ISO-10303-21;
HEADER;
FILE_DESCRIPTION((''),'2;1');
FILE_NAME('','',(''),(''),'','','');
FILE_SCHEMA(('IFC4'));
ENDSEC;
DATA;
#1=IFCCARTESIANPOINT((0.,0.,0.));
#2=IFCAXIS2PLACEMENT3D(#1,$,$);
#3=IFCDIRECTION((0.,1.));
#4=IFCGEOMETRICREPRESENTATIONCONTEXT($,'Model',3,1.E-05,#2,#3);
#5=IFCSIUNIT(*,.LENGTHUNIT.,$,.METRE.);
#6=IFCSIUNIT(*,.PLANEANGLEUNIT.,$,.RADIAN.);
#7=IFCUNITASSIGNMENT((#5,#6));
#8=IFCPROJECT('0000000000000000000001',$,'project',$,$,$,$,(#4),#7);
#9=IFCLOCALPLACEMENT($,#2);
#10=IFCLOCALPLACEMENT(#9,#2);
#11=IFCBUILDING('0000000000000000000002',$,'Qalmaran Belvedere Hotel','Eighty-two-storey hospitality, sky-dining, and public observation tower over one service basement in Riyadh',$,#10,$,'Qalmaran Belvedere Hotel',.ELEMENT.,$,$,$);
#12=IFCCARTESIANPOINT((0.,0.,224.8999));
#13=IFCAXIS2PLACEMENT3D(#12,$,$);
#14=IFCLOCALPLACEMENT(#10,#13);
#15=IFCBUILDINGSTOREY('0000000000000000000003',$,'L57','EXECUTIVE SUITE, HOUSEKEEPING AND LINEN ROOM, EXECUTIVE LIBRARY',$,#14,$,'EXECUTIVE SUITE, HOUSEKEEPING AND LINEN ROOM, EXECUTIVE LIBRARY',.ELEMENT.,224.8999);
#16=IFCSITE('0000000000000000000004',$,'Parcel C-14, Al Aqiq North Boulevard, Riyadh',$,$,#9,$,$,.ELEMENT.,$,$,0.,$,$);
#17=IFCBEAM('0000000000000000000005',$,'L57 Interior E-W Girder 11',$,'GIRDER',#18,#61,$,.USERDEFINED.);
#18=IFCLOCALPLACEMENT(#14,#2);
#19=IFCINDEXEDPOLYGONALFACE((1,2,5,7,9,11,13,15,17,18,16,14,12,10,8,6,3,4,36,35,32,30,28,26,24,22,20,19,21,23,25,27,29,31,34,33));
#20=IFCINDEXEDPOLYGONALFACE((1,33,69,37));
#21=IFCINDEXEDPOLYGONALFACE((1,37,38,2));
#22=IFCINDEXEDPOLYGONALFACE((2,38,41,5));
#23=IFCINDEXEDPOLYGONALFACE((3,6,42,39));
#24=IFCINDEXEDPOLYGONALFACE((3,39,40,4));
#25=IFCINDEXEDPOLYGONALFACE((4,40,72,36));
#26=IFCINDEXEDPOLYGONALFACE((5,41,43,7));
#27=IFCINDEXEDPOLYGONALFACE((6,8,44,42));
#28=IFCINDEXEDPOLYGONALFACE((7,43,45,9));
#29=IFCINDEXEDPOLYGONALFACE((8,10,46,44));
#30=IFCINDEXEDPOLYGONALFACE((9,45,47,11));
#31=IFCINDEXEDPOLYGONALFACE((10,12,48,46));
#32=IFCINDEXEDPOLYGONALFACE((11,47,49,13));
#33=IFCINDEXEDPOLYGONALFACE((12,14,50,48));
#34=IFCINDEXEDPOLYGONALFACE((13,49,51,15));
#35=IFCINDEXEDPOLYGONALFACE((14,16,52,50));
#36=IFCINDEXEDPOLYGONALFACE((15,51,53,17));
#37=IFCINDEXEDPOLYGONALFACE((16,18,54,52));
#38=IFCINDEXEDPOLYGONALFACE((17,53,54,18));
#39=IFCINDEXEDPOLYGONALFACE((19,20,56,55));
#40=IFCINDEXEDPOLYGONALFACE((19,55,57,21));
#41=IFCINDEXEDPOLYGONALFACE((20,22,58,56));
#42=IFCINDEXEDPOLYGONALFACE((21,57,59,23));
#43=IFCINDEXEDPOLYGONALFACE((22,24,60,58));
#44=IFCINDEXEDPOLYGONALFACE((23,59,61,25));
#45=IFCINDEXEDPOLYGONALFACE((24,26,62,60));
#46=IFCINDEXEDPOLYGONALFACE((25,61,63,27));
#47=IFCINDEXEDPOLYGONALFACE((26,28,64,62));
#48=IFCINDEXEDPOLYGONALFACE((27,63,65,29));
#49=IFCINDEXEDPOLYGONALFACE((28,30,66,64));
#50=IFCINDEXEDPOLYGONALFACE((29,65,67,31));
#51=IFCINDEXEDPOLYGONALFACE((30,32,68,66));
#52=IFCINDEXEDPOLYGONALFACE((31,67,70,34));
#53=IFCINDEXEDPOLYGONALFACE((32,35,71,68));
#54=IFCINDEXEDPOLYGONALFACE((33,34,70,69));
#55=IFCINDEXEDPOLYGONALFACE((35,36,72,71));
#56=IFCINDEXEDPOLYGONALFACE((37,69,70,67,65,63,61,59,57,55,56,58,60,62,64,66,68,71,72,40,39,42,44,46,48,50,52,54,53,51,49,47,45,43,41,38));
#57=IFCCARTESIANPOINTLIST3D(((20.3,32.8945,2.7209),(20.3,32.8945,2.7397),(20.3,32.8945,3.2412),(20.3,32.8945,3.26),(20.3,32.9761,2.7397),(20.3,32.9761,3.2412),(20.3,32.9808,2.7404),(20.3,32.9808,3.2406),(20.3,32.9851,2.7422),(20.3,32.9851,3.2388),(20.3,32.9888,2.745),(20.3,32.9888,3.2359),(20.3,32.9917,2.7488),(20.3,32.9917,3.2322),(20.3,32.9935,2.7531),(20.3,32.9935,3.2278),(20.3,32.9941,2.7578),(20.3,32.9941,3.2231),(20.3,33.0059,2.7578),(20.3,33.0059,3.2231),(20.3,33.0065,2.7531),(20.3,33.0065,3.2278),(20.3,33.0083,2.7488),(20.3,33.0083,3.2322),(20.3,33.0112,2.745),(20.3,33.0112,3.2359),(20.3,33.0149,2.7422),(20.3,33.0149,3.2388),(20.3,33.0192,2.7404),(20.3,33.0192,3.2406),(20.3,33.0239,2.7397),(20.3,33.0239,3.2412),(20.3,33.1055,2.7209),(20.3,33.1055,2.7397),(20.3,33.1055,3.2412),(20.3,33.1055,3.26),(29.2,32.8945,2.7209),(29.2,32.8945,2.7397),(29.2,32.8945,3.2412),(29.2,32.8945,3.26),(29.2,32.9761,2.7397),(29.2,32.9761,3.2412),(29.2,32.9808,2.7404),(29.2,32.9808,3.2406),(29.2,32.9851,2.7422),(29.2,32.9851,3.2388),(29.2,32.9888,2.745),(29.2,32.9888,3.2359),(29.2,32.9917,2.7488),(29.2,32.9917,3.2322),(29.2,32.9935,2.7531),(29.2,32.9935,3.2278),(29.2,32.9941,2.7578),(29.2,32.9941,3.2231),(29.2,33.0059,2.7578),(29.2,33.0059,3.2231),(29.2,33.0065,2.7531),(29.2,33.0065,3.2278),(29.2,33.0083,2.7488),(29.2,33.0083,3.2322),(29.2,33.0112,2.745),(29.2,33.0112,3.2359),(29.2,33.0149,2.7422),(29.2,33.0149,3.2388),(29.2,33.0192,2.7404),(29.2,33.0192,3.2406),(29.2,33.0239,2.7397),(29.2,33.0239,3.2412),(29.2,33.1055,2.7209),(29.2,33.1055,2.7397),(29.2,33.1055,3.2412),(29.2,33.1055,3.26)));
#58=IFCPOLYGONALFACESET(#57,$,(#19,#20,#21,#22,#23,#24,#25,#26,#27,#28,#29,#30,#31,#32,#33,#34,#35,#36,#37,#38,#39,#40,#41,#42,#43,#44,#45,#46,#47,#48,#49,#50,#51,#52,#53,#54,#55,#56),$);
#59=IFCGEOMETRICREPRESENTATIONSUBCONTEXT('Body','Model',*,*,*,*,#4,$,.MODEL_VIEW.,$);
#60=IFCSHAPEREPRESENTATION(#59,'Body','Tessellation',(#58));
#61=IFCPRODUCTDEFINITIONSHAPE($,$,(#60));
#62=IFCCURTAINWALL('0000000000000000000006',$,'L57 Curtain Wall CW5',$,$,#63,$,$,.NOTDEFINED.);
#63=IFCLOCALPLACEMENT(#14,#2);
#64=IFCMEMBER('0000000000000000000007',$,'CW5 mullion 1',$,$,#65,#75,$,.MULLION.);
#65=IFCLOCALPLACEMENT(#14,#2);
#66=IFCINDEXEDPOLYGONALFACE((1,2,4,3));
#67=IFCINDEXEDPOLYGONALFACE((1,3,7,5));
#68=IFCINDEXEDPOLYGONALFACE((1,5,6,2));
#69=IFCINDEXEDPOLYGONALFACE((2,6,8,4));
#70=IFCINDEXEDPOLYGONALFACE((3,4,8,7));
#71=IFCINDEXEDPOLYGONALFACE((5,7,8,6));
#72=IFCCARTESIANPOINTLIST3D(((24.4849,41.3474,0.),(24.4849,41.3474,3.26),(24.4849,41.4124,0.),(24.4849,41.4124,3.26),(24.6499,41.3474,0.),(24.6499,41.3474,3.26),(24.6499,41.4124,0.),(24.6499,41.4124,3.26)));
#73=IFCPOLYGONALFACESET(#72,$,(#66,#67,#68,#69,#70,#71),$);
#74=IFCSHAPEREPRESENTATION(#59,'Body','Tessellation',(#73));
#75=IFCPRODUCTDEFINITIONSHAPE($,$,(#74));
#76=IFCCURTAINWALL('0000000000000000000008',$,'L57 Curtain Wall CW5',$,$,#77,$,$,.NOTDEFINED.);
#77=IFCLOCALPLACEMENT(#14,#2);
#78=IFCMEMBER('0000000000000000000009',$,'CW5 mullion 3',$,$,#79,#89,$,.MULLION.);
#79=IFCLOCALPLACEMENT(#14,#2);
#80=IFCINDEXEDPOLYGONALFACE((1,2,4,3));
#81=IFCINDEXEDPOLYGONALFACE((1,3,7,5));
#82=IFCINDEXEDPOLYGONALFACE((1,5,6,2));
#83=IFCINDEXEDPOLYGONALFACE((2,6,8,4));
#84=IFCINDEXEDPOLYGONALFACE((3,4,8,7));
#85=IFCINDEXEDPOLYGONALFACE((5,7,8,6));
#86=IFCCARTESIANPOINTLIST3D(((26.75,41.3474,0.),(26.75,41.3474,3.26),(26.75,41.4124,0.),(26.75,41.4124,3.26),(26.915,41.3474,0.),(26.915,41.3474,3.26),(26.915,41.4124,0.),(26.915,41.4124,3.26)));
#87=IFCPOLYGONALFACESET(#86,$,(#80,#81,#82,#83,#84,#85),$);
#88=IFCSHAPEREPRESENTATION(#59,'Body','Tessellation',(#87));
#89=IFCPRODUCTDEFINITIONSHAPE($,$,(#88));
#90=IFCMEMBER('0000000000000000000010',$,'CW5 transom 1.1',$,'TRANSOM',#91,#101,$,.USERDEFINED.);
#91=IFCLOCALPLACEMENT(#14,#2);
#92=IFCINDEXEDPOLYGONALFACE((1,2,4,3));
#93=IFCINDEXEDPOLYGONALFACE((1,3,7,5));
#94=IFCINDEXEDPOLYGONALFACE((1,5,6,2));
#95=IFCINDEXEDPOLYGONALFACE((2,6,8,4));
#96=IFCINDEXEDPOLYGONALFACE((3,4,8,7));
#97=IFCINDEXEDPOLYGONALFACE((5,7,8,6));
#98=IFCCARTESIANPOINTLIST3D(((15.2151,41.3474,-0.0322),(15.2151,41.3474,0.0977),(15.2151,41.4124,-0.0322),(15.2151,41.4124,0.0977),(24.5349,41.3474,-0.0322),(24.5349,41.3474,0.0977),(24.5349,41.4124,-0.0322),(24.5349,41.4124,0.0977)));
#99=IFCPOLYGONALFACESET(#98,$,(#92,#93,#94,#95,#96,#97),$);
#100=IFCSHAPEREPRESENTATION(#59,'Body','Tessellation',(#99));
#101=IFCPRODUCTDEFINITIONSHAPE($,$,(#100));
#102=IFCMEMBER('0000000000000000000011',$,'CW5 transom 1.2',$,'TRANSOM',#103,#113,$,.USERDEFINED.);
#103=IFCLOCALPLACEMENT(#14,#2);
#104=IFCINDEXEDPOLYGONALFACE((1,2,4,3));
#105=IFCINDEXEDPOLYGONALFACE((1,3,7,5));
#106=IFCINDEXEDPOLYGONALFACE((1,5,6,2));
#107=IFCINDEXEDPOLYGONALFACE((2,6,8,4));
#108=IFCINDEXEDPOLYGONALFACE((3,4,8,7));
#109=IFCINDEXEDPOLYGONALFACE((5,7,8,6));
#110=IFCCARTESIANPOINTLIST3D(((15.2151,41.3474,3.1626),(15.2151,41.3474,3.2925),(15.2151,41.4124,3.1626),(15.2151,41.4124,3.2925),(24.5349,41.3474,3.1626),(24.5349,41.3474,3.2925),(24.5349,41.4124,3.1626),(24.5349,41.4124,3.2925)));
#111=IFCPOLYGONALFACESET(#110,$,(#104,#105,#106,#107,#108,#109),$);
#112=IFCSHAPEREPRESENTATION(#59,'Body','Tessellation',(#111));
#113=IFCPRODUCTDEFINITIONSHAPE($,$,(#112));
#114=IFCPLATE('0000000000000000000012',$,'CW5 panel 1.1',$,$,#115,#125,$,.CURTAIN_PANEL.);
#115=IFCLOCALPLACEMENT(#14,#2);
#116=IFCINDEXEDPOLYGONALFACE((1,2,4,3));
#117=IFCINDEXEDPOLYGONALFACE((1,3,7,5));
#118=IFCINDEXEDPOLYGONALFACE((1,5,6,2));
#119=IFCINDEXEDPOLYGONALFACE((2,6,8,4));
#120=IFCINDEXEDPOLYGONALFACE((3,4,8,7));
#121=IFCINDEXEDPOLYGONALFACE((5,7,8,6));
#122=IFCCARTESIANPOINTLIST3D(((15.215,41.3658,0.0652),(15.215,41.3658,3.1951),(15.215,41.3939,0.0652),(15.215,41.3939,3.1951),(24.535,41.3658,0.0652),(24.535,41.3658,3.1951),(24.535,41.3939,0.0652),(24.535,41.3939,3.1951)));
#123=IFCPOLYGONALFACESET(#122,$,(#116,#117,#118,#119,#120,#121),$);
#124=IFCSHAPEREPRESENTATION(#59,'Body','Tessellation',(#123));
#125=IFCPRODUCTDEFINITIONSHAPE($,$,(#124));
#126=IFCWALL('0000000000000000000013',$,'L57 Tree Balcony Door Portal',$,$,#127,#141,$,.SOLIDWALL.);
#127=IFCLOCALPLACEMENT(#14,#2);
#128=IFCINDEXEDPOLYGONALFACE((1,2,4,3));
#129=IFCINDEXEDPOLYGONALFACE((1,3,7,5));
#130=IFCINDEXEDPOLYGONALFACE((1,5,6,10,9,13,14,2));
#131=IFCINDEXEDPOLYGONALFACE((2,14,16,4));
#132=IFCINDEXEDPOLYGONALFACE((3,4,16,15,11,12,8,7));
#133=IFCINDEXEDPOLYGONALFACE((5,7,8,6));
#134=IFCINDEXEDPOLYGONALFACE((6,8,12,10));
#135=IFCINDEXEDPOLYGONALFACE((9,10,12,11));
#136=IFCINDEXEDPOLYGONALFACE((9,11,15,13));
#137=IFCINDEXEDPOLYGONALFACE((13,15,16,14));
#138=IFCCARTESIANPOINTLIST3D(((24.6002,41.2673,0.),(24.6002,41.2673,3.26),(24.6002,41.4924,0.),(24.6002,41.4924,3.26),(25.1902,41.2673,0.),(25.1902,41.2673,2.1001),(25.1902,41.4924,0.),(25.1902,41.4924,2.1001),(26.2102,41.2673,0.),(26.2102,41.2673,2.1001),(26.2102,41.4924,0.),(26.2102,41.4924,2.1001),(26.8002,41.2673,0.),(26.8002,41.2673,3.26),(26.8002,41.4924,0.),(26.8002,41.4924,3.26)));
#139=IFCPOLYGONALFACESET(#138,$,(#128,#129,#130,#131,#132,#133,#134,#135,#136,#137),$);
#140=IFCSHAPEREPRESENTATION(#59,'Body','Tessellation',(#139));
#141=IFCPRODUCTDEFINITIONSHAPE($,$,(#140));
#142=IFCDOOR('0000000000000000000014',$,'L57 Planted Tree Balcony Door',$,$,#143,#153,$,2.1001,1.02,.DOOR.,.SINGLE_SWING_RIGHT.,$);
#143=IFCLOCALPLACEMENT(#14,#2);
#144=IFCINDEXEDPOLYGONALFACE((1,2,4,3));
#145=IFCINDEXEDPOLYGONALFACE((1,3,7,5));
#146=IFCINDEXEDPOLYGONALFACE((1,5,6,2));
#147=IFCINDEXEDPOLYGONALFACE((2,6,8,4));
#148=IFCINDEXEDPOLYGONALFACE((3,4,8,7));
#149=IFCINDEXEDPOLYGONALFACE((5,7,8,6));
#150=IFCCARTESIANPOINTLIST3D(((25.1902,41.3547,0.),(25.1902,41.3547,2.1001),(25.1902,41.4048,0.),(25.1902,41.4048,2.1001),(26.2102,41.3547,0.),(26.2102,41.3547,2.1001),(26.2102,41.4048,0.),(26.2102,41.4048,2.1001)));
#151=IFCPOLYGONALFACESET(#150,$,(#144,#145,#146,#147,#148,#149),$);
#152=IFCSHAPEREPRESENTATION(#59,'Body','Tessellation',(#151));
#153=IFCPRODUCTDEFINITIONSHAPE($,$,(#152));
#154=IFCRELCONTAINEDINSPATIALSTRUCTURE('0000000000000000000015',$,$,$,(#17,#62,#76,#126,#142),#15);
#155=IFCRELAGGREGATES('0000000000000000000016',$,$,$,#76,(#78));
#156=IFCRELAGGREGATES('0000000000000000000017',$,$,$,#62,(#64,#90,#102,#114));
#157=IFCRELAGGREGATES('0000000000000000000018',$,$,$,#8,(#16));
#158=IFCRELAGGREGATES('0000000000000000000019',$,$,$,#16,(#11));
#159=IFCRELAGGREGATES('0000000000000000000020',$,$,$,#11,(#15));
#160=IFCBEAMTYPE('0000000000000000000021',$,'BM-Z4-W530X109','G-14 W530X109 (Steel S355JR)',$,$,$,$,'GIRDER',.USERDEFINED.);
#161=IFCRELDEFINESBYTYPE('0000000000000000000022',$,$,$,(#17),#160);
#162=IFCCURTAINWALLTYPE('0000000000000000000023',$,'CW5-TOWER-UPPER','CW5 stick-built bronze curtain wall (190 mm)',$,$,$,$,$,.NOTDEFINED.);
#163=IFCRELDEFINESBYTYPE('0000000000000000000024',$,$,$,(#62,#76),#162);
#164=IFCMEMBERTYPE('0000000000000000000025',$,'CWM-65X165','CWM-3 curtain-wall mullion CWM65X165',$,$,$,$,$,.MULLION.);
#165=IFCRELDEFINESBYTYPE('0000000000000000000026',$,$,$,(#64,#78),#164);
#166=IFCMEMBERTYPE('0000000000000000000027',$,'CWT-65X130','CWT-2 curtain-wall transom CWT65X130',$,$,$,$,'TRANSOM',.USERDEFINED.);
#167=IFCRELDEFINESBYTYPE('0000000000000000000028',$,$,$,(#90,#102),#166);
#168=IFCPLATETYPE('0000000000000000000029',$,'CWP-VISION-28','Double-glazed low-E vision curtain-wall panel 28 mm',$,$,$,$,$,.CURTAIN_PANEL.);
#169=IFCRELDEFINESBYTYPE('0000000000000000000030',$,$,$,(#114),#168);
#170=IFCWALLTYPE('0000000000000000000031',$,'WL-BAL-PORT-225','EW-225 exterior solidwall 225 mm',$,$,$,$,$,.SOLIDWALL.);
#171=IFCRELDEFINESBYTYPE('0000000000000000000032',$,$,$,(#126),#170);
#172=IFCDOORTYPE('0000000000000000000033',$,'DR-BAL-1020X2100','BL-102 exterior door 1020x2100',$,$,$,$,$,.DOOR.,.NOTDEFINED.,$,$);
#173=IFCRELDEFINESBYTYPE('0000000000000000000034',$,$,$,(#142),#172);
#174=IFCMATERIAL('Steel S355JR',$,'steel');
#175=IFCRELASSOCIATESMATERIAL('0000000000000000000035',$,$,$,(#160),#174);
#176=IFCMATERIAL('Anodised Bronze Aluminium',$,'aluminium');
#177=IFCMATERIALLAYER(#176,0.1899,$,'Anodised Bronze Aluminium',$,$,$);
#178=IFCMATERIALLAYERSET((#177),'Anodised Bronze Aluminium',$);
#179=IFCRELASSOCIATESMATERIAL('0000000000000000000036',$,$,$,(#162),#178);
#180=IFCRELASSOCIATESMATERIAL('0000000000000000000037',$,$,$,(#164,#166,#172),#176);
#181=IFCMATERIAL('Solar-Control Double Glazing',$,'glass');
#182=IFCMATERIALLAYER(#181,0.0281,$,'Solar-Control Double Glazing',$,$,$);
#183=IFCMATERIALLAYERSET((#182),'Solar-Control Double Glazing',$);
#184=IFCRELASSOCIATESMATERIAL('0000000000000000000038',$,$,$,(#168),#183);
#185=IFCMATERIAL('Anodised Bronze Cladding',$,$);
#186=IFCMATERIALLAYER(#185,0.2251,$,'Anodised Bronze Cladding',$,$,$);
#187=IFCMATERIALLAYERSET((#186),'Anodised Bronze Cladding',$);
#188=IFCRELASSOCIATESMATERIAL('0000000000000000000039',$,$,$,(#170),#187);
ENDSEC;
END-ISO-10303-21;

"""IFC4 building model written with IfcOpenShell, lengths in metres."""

from ifc_helpers import new_model, si_unit, direction, frame, frame_2d, origin, origin_2d, place, context, subcontext, project, spatial, rectangle, i_section, extrude, material, layer, layer_set, material_profile, profile_set, type_object, element, fill, aggregate, save


model = new_model("IFC4")

# Units and contexts
model_context = context("Model", 3, precision=1e-05, world=origin(), true_north=direction((0.0, 1.0)))
body_context = subcontext(model_context, "Body", "Model", "MODEL_VIEW")
ifc_project = project(units=[si_unit("LENGTHUNIT", "METRE"), si_unit("PLANEANGLEUNIT", "RADIAN")], contexts=[model_context])

# Site, building, storey
site_placement = place(None, origin())
site = spatial("IfcSite", under=ifc_project, at=site_placement, Name="Parcel C-14, Al Aqiq North Boulevard, Riyadh", CompositionType="ELEMENT", RefElevation=0.0)
building_placement = place(site_placement, origin())
building = spatial("IfcBuilding", under=site, at=building_placement, Name="Qalmaran Belvedere Hotel", Description="Eighty-two-storey hospitality, sky-dining, and public observation tower over one service basement in Riyadh", LongName="Qalmaran Belvedere Hotel", CompositionType="ELEMENT")
storey_placement = place(building_placement, frame((0.0, 0.0, 224.8999)))
storey = spatial("IfcBuildingStorey", under=building, at=storey_placement, Name="L57", Description="EXECUTIVE SUITE, HOUSEKEEPING AND LINEN ROOM, EXECUTIVE LIBRARY", LongName="EXECUTIVE SUITE, HOUSEKEEPING AND LINEN ROOM, EXECUTIVE LIBRARY", CompositionType="ELEMENT", Elevation=224.8999)

# Beam
ifc_material_1 = material(Name="Steel S355JR", Category="steel")
ifc_material_profile_1 = material_profile(ifc_material_1, i_section(OverallWidth=0.2109, OverallDepth=0.5391, WebThickness=0.0117, FlangeThickness=0.0188, FilletRadius=0.0181, at=origin_2d()), Name="W530X109")
ifc_profile_set_1 = profile_set([ifc_material_profile_1], Name="Steel S355JR")
beam_type_1 = type_object("IfcBeamType", Name="BM-Z4-W530X109", Description="G-14 W530X109 (Steel S355JR)", ElementType="GIRDER", PredefinedType="USERDEFINED", material=ifc_profile_set_1)
beam_1_placement = place(storey_placement, frame((20.3, 33.0, 2.9905), z_axis=(1.0, 0.0, 0.0), x_axis=(0.0, 1.0, 0.0)))
element("IfcBeam", 1, at=beam_1_placement, inside=storey, type_object=beam_type_1, Name="L57 Interior E-W Girder 11", ObjectType="GIRDER", PredefinedType="USERDEFINED", context=body_context, shape_type="SweptSolid", body=[
    extrude(i_section(OverallWidth=0.2109, OverallDepth=0.5391, WebThickness=0.0117, FlangeThickness=0.0188, FilletRadius=0.0181, at=origin_2d()), origin(), (0.0, 0.0, 1.0), 8.8999),
])

# Curtain walls, members
ifc_material_2 = material(Name="Anodised Bronze Aluminium", Category="aluminium")
ifc_layer_1 = layer(ifc_material_2, 0.1899, Name="Anodised Bronze Aluminium")
ifc_layer_set_1 = layer_set([ifc_layer_1], Name="Anodised Bronze Aluminium")
curtain_wall_type = type_object("IfcCurtainWallType", Name="CW5-TOWER-UPPER", Description="CW5 stick-built bronze curtain wall (190 mm)", PredefinedType="NOTDEFINED", material=ifc_layer_set_1)
curtain_wall_1_placement = place(storey_placement, origin())
curtain_wall_1 = element("IfcCurtainWall", 2, at=curtain_wall_1_placement, inside=storey, type_object=curtain_wall_type, Name="L57 Curtain Wall CW5", PredefinedType="NOTDEFINED")
ifc_material_profile_2 = material_profile(ifc_material_2, rectangle(XDim=0.0649, YDim=0.165, at=origin_2d()), Name="CWM65X165")
ifc_profile_set_2 = profile_set([ifc_material_profile_2], Name="Anodised Bronze Aluminium")
member_type_1 = type_object("IfcMemberType", Name="CWM-65X165", Description="CWM-3 curtain-wall mullion CWM65X165", PredefinedType="MULLION", material=ifc_profile_set_2)
member_1_placement = place(storey_placement, frame((24.5674, 41.3799, 0.0), z_axis=(0.0, 0.0, 1.0), x_axis=(0.0, -1.0, 0.0)))
member_1 = element("IfcMember", 3, at=member_1_placement, type_object=member_type_1, Name="CW5 mullion 1", PredefinedType="MULLION", context=body_context, shape_type="SweptSolid", body=[
    extrude(rectangle(XDim=0.0649, YDim=0.165, at=origin_2d()), origin(), (0.0, 0.0, 1.0), 3.26),
])
curtain_wall_2_placement = place(storey_placement, origin())
curtain_wall_2 = element("IfcCurtainWall", 4, at=curtain_wall_2_placement, inside=storey, type_object=curtain_wall_type, Name="L57 Curtain Wall CW5", PredefinedType="NOTDEFINED")
member_2_placement = place(storey_placement, frame((26.8325, 41.3799, 0.0), z_axis=(0.0, 0.0, 1.0), x_axis=(0.0, -1.0, 0.0)))
member_2 = element("IfcMember", 5, at=member_2_placement, type_object=member_type_1, Name="CW5 mullion 3", PredefinedType="MULLION", context=body_context, shape_type="SweptSolid", body=[
    extrude(rectangle(XDim=0.0649, YDim=0.165, at=origin_2d()), origin(), (0.0, 0.0, 1.0), 3.26),
])
aggregate(curtain_wall_2, [member_2])

# Members
ifc_material_profile_3 = material_profile(ifc_material_2, rectangle(XDim=0.0649, YDim=0.1299, at=origin_2d()), Name="CWT65X130")
ifc_profile_set_3 = profile_set([ifc_material_profile_3], Name="Anodised Bronze Aluminium")
member_type_2 = type_object("IfcMemberType", Name="CWT-65X130", Description="CWT-2 curtain-wall transom CWT65X130", ElementType="TRANSOM", PredefinedType="USERDEFINED", material=ifc_profile_set_3)
member_3_placement = place(storey_placement, frame((24.5349, 41.3799, 0.0327), z_axis=(-1.0, 0.0, 0.0), x_axis=(0.0, -1.0, 0.0)))
member_3 = element("IfcMember", 6, at=member_3_placement, type_object=member_type_2, Name="CW5 transom 1.1", ObjectType="TRANSOM", PredefinedType="USERDEFINED", context=body_context, shape_type="SweptSolid", body=[
    extrude(rectangle(XDim=0.0649, YDim=0.1299, at=origin_2d()), origin(), (0.0, 0.0, 1.0), 9.3198),
])
member_4_placement = place(storey_placement, frame((24.5349, 41.3799, 3.2275), z_axis=(-1.0, 0.0, 0.0), x_axis=(0.0, -1.0, 0.0)))
member_4 = element("IfcMember", 7, at=member_4_placement, type_object=member_type_2, Name="CW5 transom 1.2", ObjectType="TRANSOM", PredefinedType="USERDEFINED", context=body_context, shape_type="SweptSolid", body=[
    extrude(rectangle(XDim=0.0649, YDim=0.1299, at=origin_2d()), origin(), (0.0, 0.0, 1.0), 9.3198),
])

# Plate
ifc_material_3 = material(Name="Solar-Control Double Glazing", Category="glass")
ifc_layer_2 = layer(ifc_material_3, 0.0281, Name="Solar-Control Double Glazing")
ifc_layer_set_2 = layer_set([ifc_layer_2], Name="Solar-Control Double Glazing")
plate_type = type_object("IfcPlateType", Name="CWP-VISION-28", Description="Double-glazed low-E vision curtain-wall panel 28 mm", PredefinedType="CURTAIN_PANEL", material=ifc_layer_set_2)
plate_placement = place(storey_placement, frame((19.875, 41.3799, 0.0652), z_axis=(0.0, 0.0, 1.0), x_axis=(-1.0, 0.0, 0.0)))
plate = element("IfcPlate", 8, at=plate_placement, type_object=plate_type, Name="CW5 panel 1.1", PredefinedType="CURTAIN_PANEL", context=body_context, shape_type="SweptSolid", body=[
    extrude(rectangle(XDim=9.3201, YDim=0.0281, at=origin_2d()), origin(), (0.0, 0.0, 1.0), 3.1299),
])
aggregate(curtain_wall_1, [member_1, member_3, member_4, plate])

# Wall, opening, door
ifc_material_4 = material(Name="Anodised Bronze Cladding")
ifc_layer_3 = layer(ifc_material_4, 0.2251, Name="Anodised Bronze Cladding")
ifc_layer_set_3 = layer_set([ifc_layer_3], Name="Anodised Bronze Cladding")
wall_type_1 = type_object("IfcWallType", Name="WL-BAL-PORT-225", Description="EW-225 exterior solidwall 225 mm", PredefinedType="SOLIDWALL", material=ifc_layer_set_3)
wall_1_placement = place(storey_placement, frame((24.6001, 41.3799, 0.0), z_axis=(0.0, 0.0, 1.0), x_axis=(1.0, 0.0, 0.0)))
wall_1 = element("IfcWall", 9, at=wall_1_placement, inside=storey, type_object=wall_type_1, Name="L57 Tree Balcony Door Portal", PredefinedType="SOLIDWALL", context=body_context, shape_type="SweptSolid", body=[
    extrude(rectangle(XDim=2.2, YDim=0.2251, at=frame_2d((1.1001, 0.0))), origin(), (0.0, 0.0, 1.0), 3.26),
])
opening_1_placement = place(wall_1_placement, frame((0.5901, 0.0, 0.0)))
opening_1 = element("IfcOpeningElement", 10, at=opening_1_placement, cuts=wall_1, PredefinedType="OPENING", context=body_context, shape_type="SweptSolid", body=[
    extrude(rectangle(XDim=1.02, YDim=2.1001, at=frame_2d((0.51, 1.05))), frame((0.0, 0.1226, 0.0), z_axis=(0.0, -1.0, 0.0), x_axis=(1.0, 0.0, 0.0)), (0.0, 0.0, 1.0), 0.2451),
])
door_type_1 = type_object("IfcDoorType", Name="DR-BAL-1020X2100", Description="BL-102 exterior door 1020x2100", OperationType="NOTDEFINED", PredefinedType="DOOR", material=ifc_material_2)
door_1_placement = place(opening_1_placement, origin())
door_1 = element("IfcDoor", 11, at=door_1_placement, inside=storey, type_object=door_type_1, Name="L57 Planted Tree Balcony Door", OperationType="SINGLE_SWING_RIGHT", OverallHeight=2.1001, OverallWidth=1.02, PredefinedType="DOOR", context=body_context, shape_type="SweptSolid", body=[
    extrude(rectangle(XDim=1.02, YDim=2.1001, at=frame_2d((0.51, 1.05))), frame((0.0, 0.0249, 0.0), z_axis=(0.0, -1.0, 0.0), x_axis=(1.0, 0.0, 0.0)), (0.0, 0.0, 1.0), 0.05),
])
fill(opening_1, door_1)

save(model, "model.ifc")
